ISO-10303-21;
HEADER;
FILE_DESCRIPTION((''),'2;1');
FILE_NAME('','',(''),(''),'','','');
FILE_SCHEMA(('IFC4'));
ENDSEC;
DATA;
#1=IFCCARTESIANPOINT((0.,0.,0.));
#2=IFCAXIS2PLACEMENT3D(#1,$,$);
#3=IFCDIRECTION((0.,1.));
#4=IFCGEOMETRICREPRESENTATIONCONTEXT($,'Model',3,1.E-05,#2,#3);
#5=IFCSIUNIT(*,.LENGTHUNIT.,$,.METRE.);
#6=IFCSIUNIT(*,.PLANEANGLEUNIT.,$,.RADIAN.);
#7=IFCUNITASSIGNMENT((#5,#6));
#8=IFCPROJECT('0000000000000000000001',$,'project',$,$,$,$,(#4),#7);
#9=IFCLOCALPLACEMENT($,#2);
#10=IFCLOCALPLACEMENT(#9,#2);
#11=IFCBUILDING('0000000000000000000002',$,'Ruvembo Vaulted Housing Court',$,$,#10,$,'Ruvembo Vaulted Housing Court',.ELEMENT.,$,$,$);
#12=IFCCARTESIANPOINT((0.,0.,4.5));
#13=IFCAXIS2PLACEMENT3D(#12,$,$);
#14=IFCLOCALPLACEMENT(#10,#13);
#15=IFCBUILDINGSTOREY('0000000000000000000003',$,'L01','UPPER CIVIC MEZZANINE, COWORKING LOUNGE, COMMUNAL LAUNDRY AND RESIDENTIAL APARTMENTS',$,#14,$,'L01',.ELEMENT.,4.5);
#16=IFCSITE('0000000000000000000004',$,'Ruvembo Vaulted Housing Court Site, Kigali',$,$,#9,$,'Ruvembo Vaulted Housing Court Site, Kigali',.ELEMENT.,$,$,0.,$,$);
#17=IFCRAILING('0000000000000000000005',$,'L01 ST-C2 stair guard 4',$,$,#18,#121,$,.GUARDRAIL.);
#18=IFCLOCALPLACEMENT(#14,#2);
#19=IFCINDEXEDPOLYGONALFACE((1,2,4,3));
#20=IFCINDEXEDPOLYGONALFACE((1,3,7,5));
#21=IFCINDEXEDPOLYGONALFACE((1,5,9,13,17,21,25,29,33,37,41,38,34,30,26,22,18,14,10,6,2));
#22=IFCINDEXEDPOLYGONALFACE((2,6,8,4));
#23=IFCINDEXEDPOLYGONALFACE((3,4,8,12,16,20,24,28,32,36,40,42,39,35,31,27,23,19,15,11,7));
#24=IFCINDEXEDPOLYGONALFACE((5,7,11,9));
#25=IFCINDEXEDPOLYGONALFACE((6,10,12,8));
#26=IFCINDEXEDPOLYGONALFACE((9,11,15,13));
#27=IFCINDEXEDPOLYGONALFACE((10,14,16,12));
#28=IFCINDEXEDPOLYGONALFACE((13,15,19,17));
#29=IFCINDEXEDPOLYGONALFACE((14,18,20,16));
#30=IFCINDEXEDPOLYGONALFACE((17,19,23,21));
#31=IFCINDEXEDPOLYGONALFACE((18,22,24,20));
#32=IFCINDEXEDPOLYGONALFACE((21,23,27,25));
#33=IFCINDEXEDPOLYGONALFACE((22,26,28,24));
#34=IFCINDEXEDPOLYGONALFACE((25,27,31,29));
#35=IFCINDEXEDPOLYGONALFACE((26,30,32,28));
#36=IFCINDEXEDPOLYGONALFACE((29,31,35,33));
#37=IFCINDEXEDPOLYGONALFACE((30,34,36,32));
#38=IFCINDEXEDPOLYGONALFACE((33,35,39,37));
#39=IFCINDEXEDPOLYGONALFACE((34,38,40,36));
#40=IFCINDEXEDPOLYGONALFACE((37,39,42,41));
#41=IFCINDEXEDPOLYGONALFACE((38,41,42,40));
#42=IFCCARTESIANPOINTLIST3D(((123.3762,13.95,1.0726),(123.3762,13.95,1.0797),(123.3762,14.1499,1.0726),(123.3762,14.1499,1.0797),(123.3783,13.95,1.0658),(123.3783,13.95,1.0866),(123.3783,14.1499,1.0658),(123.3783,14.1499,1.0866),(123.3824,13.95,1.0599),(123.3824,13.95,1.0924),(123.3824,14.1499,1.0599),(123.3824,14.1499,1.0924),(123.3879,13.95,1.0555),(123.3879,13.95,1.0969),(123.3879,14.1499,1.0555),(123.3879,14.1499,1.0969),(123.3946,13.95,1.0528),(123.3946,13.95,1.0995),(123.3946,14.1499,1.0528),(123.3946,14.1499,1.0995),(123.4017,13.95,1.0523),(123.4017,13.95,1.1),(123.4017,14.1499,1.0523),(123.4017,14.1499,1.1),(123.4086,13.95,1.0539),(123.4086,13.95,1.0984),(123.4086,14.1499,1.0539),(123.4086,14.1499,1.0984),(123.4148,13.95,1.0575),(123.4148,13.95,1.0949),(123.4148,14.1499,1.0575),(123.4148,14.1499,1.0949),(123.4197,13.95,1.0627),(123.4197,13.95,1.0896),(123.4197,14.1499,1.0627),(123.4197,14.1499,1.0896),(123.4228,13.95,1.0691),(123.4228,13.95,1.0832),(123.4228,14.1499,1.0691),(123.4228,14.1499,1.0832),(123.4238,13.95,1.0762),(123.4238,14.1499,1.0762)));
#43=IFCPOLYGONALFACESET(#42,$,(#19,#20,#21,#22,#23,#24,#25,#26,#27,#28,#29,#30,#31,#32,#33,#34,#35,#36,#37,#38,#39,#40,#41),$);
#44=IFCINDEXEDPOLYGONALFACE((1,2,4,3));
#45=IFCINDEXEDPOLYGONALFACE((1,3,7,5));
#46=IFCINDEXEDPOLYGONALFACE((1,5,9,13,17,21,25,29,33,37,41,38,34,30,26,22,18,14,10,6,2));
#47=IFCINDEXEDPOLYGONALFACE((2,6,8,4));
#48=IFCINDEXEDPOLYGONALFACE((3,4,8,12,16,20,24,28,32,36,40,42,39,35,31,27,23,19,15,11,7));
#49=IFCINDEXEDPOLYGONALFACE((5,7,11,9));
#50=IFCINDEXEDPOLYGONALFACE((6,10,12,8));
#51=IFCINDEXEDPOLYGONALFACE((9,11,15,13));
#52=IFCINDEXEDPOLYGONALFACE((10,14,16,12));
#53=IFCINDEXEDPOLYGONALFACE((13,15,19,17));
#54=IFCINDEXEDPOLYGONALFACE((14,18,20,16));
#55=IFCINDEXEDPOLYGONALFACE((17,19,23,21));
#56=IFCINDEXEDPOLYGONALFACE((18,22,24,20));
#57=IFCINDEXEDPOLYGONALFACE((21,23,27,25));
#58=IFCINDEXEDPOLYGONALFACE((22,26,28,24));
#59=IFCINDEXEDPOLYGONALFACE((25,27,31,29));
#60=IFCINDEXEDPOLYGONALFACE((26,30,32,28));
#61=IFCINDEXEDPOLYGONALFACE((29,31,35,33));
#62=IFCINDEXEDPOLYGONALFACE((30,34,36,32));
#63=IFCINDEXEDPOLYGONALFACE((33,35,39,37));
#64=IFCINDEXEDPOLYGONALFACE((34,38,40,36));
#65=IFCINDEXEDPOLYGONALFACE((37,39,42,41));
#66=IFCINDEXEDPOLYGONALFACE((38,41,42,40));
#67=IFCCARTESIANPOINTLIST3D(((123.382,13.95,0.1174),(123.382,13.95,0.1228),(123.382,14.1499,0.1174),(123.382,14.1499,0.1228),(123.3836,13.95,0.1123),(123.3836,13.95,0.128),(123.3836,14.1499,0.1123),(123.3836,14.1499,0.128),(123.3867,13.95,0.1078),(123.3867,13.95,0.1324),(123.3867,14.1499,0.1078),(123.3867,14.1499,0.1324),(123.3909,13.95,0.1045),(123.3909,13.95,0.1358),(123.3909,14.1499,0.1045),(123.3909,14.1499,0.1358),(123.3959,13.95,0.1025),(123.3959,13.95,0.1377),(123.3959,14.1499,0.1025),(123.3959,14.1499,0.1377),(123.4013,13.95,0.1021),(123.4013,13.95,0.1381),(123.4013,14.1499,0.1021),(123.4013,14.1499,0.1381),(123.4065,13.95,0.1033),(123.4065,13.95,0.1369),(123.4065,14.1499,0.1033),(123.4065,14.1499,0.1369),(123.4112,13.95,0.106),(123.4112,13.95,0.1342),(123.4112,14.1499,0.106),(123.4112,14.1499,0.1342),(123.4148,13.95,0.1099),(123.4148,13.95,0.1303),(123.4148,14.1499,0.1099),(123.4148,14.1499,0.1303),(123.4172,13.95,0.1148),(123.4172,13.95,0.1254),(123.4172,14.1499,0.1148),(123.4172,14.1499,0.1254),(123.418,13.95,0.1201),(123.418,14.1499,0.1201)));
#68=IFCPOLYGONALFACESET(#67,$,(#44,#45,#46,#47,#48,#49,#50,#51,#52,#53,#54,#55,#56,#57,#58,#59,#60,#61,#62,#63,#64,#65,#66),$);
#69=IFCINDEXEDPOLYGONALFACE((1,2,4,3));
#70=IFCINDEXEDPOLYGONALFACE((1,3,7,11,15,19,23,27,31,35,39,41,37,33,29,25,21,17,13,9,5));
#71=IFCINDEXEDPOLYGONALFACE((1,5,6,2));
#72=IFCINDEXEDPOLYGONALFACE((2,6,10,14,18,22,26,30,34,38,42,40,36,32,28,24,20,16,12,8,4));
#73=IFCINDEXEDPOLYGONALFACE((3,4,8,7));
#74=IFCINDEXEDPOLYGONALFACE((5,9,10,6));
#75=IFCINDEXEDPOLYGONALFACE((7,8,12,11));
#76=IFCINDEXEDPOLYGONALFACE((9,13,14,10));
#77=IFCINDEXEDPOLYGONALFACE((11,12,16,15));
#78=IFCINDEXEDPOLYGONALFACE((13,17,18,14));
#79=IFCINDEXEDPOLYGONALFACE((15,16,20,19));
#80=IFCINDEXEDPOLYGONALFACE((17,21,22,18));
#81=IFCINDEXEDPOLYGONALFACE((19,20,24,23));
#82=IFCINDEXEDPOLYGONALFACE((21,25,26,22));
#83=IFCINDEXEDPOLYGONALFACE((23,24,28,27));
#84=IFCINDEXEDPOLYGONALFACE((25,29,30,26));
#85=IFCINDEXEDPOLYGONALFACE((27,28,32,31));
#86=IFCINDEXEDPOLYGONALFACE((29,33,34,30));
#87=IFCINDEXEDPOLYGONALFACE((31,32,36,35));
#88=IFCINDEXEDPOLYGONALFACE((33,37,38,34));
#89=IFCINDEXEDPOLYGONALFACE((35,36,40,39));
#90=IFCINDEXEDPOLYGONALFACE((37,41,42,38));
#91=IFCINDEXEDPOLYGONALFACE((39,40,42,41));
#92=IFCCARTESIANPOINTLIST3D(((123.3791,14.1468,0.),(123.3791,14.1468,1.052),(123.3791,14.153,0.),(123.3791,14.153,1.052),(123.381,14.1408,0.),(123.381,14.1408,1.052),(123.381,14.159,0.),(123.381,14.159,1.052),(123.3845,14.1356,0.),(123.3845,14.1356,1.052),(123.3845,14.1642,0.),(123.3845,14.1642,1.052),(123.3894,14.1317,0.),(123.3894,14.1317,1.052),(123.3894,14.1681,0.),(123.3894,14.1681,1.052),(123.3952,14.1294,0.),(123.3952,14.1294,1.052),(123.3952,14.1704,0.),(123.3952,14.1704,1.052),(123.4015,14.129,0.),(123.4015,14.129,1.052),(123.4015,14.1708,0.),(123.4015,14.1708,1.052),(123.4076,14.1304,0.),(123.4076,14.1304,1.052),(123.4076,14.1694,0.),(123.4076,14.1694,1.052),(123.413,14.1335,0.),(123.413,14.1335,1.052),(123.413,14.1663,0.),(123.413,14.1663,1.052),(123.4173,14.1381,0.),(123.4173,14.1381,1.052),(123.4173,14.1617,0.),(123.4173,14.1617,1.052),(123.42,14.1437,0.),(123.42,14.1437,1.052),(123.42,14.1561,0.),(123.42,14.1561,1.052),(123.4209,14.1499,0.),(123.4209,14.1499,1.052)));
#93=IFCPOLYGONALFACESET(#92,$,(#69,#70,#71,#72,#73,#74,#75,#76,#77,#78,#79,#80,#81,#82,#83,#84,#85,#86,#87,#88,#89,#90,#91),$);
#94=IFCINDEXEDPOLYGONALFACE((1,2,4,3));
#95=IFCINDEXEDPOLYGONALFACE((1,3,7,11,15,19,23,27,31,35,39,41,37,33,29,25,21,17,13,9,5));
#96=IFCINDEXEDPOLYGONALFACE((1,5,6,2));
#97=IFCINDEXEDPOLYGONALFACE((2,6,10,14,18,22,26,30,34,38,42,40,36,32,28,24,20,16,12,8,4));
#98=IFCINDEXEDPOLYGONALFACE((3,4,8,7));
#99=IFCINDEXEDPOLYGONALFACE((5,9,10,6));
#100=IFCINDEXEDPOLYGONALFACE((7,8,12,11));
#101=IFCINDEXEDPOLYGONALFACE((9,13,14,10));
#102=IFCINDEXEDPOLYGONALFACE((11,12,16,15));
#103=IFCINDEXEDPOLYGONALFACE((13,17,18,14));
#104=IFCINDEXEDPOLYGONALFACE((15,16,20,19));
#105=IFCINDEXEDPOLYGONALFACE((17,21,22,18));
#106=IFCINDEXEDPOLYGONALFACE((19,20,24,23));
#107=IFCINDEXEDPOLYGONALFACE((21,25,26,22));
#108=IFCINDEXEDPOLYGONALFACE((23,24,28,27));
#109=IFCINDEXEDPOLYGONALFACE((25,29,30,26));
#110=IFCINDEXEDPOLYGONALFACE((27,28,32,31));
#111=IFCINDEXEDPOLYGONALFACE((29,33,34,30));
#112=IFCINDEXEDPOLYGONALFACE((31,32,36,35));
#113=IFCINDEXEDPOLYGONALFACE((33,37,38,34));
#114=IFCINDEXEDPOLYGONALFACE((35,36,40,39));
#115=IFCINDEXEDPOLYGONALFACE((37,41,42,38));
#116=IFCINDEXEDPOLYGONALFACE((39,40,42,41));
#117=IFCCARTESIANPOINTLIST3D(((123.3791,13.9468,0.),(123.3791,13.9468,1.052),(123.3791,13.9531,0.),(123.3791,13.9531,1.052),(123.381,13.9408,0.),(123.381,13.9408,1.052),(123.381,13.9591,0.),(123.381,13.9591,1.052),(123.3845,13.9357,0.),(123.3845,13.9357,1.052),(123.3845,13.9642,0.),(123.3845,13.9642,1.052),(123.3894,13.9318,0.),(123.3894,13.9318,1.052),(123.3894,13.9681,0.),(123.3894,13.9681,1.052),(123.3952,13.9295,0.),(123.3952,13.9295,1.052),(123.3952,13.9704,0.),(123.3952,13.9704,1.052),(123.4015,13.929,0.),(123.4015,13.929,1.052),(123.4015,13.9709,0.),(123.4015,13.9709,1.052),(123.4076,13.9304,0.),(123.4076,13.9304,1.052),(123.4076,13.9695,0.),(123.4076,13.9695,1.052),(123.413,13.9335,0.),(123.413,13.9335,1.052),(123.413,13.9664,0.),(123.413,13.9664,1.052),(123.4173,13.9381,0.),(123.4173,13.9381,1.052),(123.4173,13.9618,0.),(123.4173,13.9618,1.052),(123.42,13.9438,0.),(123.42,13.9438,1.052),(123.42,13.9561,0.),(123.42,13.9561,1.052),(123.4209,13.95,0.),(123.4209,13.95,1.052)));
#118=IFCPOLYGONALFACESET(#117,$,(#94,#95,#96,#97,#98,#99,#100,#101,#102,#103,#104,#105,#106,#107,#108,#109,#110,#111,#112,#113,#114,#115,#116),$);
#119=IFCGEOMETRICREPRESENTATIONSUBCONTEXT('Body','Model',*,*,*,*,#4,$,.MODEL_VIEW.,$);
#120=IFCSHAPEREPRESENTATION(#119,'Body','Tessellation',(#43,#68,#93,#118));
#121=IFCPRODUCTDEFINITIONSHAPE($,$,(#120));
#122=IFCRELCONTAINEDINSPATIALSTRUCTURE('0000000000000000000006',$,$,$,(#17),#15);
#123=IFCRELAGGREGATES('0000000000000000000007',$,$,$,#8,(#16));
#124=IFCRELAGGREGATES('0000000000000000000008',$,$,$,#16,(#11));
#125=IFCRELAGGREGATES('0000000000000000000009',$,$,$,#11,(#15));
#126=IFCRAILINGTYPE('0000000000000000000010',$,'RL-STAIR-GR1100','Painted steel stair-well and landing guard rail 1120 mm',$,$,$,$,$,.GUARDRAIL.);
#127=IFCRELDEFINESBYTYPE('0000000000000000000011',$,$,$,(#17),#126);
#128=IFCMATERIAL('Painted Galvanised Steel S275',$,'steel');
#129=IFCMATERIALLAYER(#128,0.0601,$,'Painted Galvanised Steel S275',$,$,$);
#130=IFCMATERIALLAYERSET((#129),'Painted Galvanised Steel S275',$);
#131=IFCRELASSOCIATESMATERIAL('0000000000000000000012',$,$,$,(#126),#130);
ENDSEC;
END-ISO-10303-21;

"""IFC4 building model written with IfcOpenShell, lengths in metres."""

from ifc_helpers import new_model, si_unit, direction, frame, origin, origin_2d, place, context, subcontext, project, spatial, circle, extrude, material, layer, layer_set, type_object, element, save


model = new_model("IFC4")

# Units and contexts
model_context = context("Model", 3, precision=1e-05, world=origin(), true_north=direction((0.0, 1.0)))
body_context = subcontext(model_context, "Body", "Model", "MODEL_VIEW")
ifc_project = project(units=[si_unit("LENGTHUNIT", "METRE"), si_unit("PLANEANGLEUNIT", "RADIAN")], contexts=[model_context])

# Site, building, storey
site_placement = place(None, origin())
site = spatial("IfcSite", under=ifc_project, at=site_placement, Name="Ruvembo Vaulted Housing Court Site, Kigali", LongName="Ruvembo Vaulted Housing Court Site, Kigali", CompositionType="ELEMENT", RefElevation=0.0)
building_placement = place(site_placement, origin())
building = spatial("IfcBuilding", under=site, at=building_placement, Name="Ruvembo Vaulted Housing Court", LongName="Ruvembo Vaulted Housing Court", CompositionType="ELEMENT")
storey_placement = place(building_placement, frame((0.0, 0.0, 4.5)))
storey = spatial("IfcBuildingStorey", under=building, at=storey_placement, Name="L01", Description="UPPER CIVIC MEZZANINE, COWORKING LOUNGE, COMMUNAL LAUNDRY AND RESIDENTIAL APARTMENTS", LongName="L01", CompositionType="ELEMENT", Elevation=4.5)

# Railing
ifc_material_1 = material(Name="Painted Galvanised Steel S275", Category="steel")
ifc_layer_1 = layer(ifc_material_1, 0.0601, Name="Painted Galvanised Steel S275")
ifc_layer_set_1 = layer_set([ifc_layer_1], Name="Painted Galvanised Steel S275")
railing_type_1 = type_object("IfcRailingType", Name="RL-STAIR-GR1100", Description="Painted steel stair-well and landing guard rail 1120 mm", PredefinedType="GUARDRAIL", material=ifc_layer_set_1)
railing_1_placement = place(storey_placement, frame((123.3999, 14.1499, 0.0)))
element("IfcRailing", 1, at=railing_1_placement, inside=storey, type_object=railing_type_1, Name="L01 ST-C2 stair guard 4", PredefinedType="GUARDRAIL", context=body_context, shape_type="SweptSolid", body=[
    extrude(circle(Radius=0.0239, at=origin_2d()), frame((0.0, 0.0, 1.0762), z_axis=(0.0, -1.0, 0.0), x_axis=(1.0, 0.0, 0.0)), (0.0, 0.0, 1.0), 0.2),
    extrude(circle(Radius=0.0181, at=origin_2d()), frame((0.0, 0.0, 0.1201), z_axis=(0.0, -1.0, 0.0), x_axis=(1.0, 0.0, 0.0)), (0.0, 0.0, 1.0), 0.2),
    extrude(circle(Radius=0.021, at=origin_2d()), origin(), (0.0, 0.0, 1.0), 1.052),
    extrude(circle(Radius=0.021, at=origin_2d()), frame((0.0, -0.2, 0.0)), (0.0, 0.0, 1.0), 1.052),
])

save(model, "model.ifc")
